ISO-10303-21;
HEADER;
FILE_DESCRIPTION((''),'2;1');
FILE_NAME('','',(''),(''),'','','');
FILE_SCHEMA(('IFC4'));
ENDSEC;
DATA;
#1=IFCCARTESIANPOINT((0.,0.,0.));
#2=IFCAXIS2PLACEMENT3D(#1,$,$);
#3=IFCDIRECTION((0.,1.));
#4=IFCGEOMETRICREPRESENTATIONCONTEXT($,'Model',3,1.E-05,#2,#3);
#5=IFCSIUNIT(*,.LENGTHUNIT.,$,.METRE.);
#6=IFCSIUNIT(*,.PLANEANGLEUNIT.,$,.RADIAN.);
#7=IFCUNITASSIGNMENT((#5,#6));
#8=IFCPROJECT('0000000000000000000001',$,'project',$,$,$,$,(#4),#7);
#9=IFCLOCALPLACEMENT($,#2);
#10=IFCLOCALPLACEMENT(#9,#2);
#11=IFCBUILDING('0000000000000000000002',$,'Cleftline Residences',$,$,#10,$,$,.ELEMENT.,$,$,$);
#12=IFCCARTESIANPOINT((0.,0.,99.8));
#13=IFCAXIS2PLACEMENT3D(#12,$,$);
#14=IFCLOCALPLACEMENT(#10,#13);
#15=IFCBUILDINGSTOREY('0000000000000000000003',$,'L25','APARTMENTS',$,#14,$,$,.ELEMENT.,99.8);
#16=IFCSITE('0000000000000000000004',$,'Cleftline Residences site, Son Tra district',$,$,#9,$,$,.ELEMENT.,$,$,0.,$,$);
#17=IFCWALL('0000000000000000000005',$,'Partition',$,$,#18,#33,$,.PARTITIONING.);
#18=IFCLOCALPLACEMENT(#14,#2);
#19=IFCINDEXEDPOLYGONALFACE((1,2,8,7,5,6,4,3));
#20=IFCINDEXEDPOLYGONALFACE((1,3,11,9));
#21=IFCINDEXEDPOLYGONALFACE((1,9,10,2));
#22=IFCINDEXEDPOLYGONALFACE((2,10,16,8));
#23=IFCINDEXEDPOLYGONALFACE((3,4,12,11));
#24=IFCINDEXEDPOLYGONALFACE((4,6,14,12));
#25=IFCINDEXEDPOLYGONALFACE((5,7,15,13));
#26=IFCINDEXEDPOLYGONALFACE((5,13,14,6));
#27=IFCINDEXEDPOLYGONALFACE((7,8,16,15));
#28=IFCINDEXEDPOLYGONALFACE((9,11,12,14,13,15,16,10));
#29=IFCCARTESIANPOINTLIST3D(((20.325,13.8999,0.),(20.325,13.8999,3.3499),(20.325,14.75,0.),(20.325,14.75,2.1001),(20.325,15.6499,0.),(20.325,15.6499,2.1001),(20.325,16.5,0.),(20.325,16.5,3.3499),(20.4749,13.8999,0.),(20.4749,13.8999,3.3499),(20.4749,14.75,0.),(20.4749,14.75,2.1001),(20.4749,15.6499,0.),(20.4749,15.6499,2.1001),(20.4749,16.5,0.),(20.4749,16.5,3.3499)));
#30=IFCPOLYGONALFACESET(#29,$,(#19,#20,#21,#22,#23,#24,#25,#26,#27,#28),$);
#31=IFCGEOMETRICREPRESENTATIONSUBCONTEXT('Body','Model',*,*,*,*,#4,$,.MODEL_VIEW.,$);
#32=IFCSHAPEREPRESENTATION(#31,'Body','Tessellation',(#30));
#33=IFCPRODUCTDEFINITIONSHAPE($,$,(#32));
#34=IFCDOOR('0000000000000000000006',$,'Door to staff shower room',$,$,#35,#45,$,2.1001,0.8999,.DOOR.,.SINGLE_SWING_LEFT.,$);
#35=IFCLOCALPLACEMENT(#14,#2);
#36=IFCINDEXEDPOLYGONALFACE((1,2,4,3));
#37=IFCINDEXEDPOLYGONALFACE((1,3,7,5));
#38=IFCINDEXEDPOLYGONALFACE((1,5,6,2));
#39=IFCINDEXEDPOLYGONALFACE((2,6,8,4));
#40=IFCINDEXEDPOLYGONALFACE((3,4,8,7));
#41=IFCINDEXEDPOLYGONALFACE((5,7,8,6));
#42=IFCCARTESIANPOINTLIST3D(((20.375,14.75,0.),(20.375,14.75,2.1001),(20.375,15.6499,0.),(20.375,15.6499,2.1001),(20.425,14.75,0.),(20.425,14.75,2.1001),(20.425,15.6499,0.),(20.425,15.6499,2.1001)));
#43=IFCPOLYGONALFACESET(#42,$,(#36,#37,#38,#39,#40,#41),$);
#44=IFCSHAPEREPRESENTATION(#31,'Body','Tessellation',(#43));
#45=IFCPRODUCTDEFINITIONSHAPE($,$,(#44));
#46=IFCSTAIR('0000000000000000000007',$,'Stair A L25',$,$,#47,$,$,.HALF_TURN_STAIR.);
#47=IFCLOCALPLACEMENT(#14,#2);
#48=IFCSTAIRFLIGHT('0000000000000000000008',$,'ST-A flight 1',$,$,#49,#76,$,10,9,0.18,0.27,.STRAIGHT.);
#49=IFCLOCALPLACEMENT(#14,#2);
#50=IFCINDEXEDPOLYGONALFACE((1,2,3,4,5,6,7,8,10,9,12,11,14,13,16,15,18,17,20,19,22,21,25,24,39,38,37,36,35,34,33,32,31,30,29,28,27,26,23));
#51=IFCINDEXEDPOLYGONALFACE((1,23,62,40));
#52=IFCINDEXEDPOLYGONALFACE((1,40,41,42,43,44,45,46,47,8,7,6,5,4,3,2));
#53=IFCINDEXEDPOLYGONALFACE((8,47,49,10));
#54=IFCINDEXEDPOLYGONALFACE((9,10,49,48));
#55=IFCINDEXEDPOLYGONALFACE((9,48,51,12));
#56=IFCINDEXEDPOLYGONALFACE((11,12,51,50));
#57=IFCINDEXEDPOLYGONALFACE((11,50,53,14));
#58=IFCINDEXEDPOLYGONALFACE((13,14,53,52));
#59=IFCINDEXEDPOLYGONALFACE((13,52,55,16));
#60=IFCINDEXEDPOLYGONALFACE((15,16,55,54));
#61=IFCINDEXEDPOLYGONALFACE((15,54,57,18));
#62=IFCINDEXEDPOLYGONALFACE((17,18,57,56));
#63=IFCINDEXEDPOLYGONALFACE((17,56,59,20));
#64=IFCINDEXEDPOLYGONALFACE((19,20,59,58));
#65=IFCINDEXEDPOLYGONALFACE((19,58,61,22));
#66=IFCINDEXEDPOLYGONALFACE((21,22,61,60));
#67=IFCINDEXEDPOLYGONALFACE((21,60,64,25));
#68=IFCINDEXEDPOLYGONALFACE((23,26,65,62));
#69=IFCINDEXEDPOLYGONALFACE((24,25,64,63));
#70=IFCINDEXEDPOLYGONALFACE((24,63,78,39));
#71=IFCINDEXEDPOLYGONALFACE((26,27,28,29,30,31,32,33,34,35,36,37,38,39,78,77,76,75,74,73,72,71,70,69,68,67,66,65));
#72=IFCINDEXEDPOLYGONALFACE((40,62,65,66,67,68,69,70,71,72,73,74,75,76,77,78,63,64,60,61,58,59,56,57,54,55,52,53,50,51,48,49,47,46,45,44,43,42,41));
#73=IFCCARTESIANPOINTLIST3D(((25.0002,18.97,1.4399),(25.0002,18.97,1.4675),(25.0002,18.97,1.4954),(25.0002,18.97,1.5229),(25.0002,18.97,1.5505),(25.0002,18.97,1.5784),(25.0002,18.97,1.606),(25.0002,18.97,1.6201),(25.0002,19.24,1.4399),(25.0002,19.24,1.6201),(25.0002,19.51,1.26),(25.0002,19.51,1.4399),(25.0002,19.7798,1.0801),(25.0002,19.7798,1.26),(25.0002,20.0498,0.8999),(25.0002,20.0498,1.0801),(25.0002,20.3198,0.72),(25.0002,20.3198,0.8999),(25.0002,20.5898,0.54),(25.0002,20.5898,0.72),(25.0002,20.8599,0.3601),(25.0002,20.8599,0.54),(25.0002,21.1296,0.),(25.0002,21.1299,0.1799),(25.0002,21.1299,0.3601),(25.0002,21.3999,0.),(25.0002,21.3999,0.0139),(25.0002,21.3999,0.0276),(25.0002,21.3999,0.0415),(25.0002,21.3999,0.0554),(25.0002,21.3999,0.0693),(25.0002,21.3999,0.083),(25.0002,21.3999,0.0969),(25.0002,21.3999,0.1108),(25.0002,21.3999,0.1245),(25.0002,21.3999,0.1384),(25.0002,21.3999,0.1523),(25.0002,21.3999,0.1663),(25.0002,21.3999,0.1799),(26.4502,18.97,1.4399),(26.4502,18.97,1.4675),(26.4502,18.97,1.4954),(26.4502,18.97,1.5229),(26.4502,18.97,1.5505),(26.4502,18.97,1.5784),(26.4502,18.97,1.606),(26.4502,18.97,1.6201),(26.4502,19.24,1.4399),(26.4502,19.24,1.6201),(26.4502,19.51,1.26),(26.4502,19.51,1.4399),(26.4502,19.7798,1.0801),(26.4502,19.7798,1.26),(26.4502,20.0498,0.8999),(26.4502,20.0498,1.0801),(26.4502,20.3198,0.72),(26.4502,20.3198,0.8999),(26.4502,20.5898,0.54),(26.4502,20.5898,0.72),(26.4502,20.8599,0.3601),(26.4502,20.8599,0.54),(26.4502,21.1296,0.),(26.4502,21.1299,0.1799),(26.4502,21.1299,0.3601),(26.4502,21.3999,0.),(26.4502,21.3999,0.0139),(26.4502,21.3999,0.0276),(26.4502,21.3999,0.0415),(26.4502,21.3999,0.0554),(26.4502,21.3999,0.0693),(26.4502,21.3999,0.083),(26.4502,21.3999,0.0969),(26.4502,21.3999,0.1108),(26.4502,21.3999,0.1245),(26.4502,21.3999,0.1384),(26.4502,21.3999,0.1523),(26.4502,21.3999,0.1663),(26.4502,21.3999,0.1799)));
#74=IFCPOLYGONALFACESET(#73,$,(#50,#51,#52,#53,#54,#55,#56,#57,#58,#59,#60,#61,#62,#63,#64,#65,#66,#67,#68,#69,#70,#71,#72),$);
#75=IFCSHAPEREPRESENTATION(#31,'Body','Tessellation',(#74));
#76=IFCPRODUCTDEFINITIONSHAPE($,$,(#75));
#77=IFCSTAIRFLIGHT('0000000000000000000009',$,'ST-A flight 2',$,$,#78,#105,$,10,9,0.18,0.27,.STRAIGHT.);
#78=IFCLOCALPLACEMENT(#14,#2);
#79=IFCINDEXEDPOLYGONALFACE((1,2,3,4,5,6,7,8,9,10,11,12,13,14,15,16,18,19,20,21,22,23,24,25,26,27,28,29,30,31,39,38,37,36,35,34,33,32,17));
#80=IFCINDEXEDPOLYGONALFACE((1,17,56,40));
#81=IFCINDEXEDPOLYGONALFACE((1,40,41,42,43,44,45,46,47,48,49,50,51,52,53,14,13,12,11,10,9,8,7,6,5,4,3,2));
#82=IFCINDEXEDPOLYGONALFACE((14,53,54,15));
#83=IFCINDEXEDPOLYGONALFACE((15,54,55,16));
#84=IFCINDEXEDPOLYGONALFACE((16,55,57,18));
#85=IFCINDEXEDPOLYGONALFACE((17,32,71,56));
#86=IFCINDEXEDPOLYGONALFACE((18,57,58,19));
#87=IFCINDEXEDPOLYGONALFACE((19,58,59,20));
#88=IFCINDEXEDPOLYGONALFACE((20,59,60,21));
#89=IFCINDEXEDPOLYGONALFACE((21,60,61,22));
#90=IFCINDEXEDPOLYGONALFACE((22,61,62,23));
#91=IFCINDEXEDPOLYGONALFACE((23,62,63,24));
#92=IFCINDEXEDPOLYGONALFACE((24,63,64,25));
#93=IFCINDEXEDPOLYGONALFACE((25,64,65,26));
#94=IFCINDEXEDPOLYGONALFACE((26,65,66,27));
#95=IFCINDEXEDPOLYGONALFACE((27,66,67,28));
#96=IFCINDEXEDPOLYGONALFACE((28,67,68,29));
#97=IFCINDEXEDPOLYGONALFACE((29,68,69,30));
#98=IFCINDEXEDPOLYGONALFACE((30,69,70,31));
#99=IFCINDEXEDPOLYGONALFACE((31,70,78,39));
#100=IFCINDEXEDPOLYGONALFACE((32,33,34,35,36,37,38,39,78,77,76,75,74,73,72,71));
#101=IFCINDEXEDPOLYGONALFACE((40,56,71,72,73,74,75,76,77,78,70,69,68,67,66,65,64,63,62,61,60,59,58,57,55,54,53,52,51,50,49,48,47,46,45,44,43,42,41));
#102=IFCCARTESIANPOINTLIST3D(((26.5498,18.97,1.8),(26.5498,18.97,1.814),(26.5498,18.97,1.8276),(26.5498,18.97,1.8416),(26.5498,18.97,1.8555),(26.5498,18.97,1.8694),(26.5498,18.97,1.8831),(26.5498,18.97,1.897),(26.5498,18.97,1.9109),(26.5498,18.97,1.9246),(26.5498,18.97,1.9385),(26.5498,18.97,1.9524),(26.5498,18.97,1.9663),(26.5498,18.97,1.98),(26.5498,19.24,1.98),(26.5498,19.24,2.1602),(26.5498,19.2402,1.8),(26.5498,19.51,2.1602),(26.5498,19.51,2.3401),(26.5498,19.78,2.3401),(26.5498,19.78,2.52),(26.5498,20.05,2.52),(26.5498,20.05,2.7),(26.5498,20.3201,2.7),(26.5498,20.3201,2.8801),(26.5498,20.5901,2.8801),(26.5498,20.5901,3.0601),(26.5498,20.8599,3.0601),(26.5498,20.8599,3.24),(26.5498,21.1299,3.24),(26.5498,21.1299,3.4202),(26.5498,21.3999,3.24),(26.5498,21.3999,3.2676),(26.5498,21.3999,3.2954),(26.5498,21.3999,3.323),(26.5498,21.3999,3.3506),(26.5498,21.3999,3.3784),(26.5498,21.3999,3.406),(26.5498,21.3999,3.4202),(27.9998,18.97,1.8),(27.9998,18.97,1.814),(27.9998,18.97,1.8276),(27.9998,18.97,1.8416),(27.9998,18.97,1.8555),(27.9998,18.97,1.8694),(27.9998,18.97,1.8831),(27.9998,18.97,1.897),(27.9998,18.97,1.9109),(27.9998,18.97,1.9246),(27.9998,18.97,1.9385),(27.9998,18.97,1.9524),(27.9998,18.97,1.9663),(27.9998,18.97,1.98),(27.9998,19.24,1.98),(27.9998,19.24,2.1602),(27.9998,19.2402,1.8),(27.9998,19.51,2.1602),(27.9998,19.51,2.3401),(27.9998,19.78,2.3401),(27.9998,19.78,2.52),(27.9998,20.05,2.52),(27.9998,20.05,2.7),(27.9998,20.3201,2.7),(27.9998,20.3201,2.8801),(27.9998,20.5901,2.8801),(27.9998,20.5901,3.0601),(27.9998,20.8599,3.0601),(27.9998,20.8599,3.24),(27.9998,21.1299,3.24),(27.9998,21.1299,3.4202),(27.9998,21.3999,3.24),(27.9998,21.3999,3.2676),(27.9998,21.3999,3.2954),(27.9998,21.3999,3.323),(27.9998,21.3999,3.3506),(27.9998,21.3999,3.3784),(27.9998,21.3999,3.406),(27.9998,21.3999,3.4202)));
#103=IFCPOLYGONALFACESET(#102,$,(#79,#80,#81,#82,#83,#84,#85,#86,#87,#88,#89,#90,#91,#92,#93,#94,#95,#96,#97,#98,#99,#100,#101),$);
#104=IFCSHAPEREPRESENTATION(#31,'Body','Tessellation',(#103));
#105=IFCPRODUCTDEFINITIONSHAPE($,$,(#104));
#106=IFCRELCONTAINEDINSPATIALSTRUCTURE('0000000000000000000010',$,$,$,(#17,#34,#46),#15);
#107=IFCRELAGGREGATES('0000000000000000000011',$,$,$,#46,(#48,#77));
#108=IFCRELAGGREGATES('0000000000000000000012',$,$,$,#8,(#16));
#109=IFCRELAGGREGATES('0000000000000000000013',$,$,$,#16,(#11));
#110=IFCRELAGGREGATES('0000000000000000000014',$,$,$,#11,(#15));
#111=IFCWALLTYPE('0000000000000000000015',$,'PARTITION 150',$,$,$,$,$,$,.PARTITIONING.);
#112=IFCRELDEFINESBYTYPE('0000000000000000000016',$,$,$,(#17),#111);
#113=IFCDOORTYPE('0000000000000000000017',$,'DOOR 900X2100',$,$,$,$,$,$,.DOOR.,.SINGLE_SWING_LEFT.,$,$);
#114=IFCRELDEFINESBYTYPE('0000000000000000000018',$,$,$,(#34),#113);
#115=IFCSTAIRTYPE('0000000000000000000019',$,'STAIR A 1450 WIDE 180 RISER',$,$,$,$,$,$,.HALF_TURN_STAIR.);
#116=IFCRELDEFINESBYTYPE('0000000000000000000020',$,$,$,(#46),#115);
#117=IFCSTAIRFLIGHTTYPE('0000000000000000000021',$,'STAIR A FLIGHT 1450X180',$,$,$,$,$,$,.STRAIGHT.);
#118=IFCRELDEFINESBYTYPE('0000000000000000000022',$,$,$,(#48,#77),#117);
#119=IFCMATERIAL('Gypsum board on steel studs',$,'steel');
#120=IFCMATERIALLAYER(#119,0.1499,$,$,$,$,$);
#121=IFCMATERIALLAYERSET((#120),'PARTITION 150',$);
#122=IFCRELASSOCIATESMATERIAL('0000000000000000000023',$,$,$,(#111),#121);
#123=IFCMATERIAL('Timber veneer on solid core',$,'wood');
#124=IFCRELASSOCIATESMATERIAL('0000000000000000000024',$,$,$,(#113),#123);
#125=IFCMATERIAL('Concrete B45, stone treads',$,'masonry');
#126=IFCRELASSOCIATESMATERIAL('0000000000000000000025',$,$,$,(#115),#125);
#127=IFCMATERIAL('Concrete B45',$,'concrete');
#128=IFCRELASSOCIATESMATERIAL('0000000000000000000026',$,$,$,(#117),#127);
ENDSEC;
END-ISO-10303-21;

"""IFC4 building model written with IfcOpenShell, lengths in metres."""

from ifc_helpers import new_model, si_unit, direction, frame, frame_2d, origin, place, context, subcontext, project, spatial, polyline, rectangle, outline, extrude, material, layer, layer_set, type_object, element, fill, aggregate, save


model = new_model("IFC4")

# Units and contexts
model_context = context("Model", 3, precision=1e-05, world=origin(), true_north=direction((0.0, 1.0)))
body_context = subcontext(model_context, "Body", "Model", "MODEL_VIEW")
ifc_project = project(units=[si_unit("LENGTHUNIT", "METRE"), si_unit("PLANEANGLEUNIT", "RADIAN")], contexts=[model_context])

# Site, building, storey
site_placement = place(None, origin())
site = spatial("IfcSite", under=ifc_project, at=site_placement, Name="Cleftline Residences site, Son Tra district", CompositionType="ELEMENT", RefElevation=0.0)
building_placement = place(site_placement, origin())
building = spatial("IfcBuilding", under=site, at=building_placement, Name="Cleftline Residences", CompositionType="ELEMENT")
storey_placement = place(building_placement, frame((0.0, 0.0, 99.8)))
storey = spatial("IfcBuildingStorey", under=building, at=storey_placement, Name="L25", Description="APARTMENTS", CompositionType="ELEMENT", Elevation=99.8)

# Shared definitions
ifc_material_1 = material(Name="Gypsum board on steel studs", Category="steel")
ifc_layer_1 = layer(ifc_material_1, 0.1499)
ifc_layer_set_1 = layer_set([ifc_layer_1], Name="PARTITION 150")
wall_type_1 = type_object("IfcWallType", Name="PARTITION 150", PredefinedType="PARTITIONING", material=ifc_layer_set_1)

# Wall, opening, door
wall_1_placement = place(storey_placement, frame((20.3999, 13.8999, 0.0), z_axis=(0.0, 0.0, 1.0), x_axis=(0.0, 1.0, 0.0)))
wall_1 = element("IfcWall", 1, at=wall_1_placement, inside=storey, type_object=wall_type_1, Name="Partition", PredefinedType="PARTITIONING", context=body_context, shape_type="SweptSolid", body=[
    extrude(rectangle(XDim=2.6001, YDim=0.1499, at=frame_2d((1.3, 0.0))), origin(), (0.0, 0.0, 1.0), 3.3499),
])
opening_1_placement = place(wall_1_placement, frame((0.8501, 0.0, 0.0)))
opening_1 = element("IfcOpeningElement", 2, at=opening_1_placement, cuts=wall_1, PredefinedType="OPENING", context=body_context, shape_type="SweptSolid", body=[
    extrude(rectangle(XDim=0.8999, YDim=2.1001, at=frame_2d((0.45, 1.05))), frame((0.0, 0.085, 0.0), z_axis=(0.0, -1.0, 0.0), x_axis=(1.0, 0.0, 0.0)), (0.0, 0.0, 1.0), 0.1699),
])
ifc_material_2 = material(Name="Timber veneer on solid core", Category="wood")
door_type_1 = type_object("IfcDoorType", Name="DOOR 900X2100", OperationType="SINGLE_SWING_LEFT", PredefinedType="DOOR", material=ifc_material_2)
door_1_placement = place(opening_1_placement, origin())
door_1 = element("IfcDoor", 3, at=door_1_placement, inside=storey, type_object=door_type_1, Name="Door to staff shower room", OperationType="SINGLE_SWING_LEFT", OverallHeight=2.1001, OverallWidth=0.8999, PredefinedType="DOOR", context=body_context, shape_type="SweptSolid", body=[
    extrude(rectangle(XDim=0.8999, YDim=2.1001, at=frame_2d((0.45, 1.05))), frame((0.0, 0.0249, 0.0), z_axis=(0.0, -1.0, 0.0), x_axis=(1.0, 0.0, 0.0)), (0.0, 0.0, 1.0), 0.05),
])
fill(opening_1, door_1)

# Stair, stair flights
ifc_material_3 = material(Name="Concrete B45, stone treads", Category="masonry")
stair_type = type_object("IfcStairType", Name="STAIR A 1450 WIDE 180 RISER", PredefinedType="HALF_TURN_STAIR", material=ifc_material_3)
stair_placement = place(storey_placement, origin())
stair = element("IfcStair", 4, at=stair_placement, inside=storey, type_object=stair_type, Name="Stair A L25", PredefinedType="HALF_TURN_STAIR")
ifc_material_4 = material(Name="Concrete B45", Category="concrete")
stair_flight_type = type_object("IfcStairFlightType", Name="STAIR A FLIGHT 1450X180", PredefinedType="STRAIGHT", material=ifc_material_4)
stair_flight_1_placement = place(storey_placement, frame((25.7251, 21.3999, 0.0), z_axis=(0.0, 0.0, 1.0), x_axis=(0.0, -1.0, 0.0)))
stair_flight_1 = element("IfcStairFlight", 5, at=stair_flight_1_placement, type_object=stair_flight_type, Name="ST-A flight 1", NumberOfRisers=10, NumberOfTreads=9, PredefinedType="STRAIGHT", RiserHeight=0.18, TreadLength=0.27, context=body_context, shape_type="SweptSolid", body=[
    extrude(outline(polyline([(0.0, 0.0), (0.0, 0.0139), (0.0, 0.0276), (0.0, 0.0415), (0.0, 0.0554), (0.0, 0.0693), (0.0, 0.083), (0.0, 0.0969), (0.0, 0.1108), (0.0, 0.1245), (0.0, 0.1384), (0.0, 0.1523), (0.0, 0.1663), (0.0, 0.1799), (0.27, 0.1799), (0.27, 0.3601), (0.54, 0.3601), (0.54, 0.54), (0.8101, 0.54), (0.8101, 0.72), (1.0801, 0.72), (1.0801, 0.8999), (1.3501, 0.8999), (1.3501, 1.0801), (1.6201, 1.0801), (1.6201, 1.26), (1.8899, 1.26), (1.8899, 1.4399), (2.1599, 1.4399), (2.1599, 1.6201), (2.4299, 1.6201), (2.4299, 1.8), (2.4299, 1.7722), (2.4299, 1.7446), (2.4299, 1.7168), (2.4299, 1.6892), (2.4299, 1.6614), (2.4299, 1.6338), (2.4299, 1.606), (2.4299, 1.5784), (2.4299, 1.5505), (2.4299, 1.5229), (2.4299, 1.4954), (2.4299, 1.4675), (2.4299, 1.4399), (0.2703, 0.0), (0.0, 0.0)])), frame((0.0, 0.7251, 0.0), z_axis=(0.0, -1.0, 0.0), x_axis=(1.0, 0.0, 0.0)), (0.0, 0.0, 1.0), 1.45),
])
stair_flight_2_placement = place(storey_placement, frame((27.2749, 18.97, 1.8), z_axis=(0.0, 0.0, 1.0), x_axis=(0.0, 1.0, 0.0)))
stair_flight_2 = element("IfcStairFlight", 6, at=stair_flight_2_placement, type_object=stair_flight_type, Name="ST-A flight 2", NumberOfRisers=10, NumberOfTreads=9, PredefinedType="STRAIGHT", RiserHeight=0.18, TreadLength=0.27, context=body_context, shape_type="SweptSolid", body=[
    extrude(outline(polyline([(0.0, 0.0), (0.0, 0.0139), (0.0, 0.0276), (0.0, 0.0415), (0.0, 0.0554), (0.0, 0.0693), (0.0, 0.083), (0.0, 0.0969), (0.0, 0.1108), (0.0, 0.1245), (0.0, 0.1384), (0.0, 0.1523), (0.0, 0.1663), (0.0, 0.1799), (0.27, 0.1799), (0.27, 0.3601), (0.54, 0.3601), (0.54, 0.54), (0.8101, 0.54), (0.8101, 0.72), (1.0801, 0.72), (1.0801, 0.8999), (1.3501, 0.8999), (1.3501, 1.0801), (1.6201, 1.0801), (1.6201, 1.26), (1.8899, 1.26), (1.8899, 1.4399), (2.1599, 1.4399), (2.1599, 1.6201), (2.4299, 1.6201), (2.4299, 1.8), (2.4299, 1.7722), (2.4299, 1.7446), (2.4299, 1.7168), (2.4299, 1.6892), (2.4299, 1.6614), (2.4299, 1.6338), (2.4299, 1.606), (2.4299, 1.5784), (2.4299, 1.5505), (2.4299, 1.5229), (2.4299, 1.4954), (2.4299, 1.4675), (2.4299, 1.4399), (0.2703, 0.0), (0.0, 0.0)])), frame((0.0, 0.7251, 0.0), z_axis=(0.0, -1.0, 0.0), x_axis=(1.0, 0.0, 0.0)), (0.0, 0.0, 1.0), 1.45),
])
aggregate(stair, [stair_flight_1, stair_flight_2])

save(model, "model.ifc")
